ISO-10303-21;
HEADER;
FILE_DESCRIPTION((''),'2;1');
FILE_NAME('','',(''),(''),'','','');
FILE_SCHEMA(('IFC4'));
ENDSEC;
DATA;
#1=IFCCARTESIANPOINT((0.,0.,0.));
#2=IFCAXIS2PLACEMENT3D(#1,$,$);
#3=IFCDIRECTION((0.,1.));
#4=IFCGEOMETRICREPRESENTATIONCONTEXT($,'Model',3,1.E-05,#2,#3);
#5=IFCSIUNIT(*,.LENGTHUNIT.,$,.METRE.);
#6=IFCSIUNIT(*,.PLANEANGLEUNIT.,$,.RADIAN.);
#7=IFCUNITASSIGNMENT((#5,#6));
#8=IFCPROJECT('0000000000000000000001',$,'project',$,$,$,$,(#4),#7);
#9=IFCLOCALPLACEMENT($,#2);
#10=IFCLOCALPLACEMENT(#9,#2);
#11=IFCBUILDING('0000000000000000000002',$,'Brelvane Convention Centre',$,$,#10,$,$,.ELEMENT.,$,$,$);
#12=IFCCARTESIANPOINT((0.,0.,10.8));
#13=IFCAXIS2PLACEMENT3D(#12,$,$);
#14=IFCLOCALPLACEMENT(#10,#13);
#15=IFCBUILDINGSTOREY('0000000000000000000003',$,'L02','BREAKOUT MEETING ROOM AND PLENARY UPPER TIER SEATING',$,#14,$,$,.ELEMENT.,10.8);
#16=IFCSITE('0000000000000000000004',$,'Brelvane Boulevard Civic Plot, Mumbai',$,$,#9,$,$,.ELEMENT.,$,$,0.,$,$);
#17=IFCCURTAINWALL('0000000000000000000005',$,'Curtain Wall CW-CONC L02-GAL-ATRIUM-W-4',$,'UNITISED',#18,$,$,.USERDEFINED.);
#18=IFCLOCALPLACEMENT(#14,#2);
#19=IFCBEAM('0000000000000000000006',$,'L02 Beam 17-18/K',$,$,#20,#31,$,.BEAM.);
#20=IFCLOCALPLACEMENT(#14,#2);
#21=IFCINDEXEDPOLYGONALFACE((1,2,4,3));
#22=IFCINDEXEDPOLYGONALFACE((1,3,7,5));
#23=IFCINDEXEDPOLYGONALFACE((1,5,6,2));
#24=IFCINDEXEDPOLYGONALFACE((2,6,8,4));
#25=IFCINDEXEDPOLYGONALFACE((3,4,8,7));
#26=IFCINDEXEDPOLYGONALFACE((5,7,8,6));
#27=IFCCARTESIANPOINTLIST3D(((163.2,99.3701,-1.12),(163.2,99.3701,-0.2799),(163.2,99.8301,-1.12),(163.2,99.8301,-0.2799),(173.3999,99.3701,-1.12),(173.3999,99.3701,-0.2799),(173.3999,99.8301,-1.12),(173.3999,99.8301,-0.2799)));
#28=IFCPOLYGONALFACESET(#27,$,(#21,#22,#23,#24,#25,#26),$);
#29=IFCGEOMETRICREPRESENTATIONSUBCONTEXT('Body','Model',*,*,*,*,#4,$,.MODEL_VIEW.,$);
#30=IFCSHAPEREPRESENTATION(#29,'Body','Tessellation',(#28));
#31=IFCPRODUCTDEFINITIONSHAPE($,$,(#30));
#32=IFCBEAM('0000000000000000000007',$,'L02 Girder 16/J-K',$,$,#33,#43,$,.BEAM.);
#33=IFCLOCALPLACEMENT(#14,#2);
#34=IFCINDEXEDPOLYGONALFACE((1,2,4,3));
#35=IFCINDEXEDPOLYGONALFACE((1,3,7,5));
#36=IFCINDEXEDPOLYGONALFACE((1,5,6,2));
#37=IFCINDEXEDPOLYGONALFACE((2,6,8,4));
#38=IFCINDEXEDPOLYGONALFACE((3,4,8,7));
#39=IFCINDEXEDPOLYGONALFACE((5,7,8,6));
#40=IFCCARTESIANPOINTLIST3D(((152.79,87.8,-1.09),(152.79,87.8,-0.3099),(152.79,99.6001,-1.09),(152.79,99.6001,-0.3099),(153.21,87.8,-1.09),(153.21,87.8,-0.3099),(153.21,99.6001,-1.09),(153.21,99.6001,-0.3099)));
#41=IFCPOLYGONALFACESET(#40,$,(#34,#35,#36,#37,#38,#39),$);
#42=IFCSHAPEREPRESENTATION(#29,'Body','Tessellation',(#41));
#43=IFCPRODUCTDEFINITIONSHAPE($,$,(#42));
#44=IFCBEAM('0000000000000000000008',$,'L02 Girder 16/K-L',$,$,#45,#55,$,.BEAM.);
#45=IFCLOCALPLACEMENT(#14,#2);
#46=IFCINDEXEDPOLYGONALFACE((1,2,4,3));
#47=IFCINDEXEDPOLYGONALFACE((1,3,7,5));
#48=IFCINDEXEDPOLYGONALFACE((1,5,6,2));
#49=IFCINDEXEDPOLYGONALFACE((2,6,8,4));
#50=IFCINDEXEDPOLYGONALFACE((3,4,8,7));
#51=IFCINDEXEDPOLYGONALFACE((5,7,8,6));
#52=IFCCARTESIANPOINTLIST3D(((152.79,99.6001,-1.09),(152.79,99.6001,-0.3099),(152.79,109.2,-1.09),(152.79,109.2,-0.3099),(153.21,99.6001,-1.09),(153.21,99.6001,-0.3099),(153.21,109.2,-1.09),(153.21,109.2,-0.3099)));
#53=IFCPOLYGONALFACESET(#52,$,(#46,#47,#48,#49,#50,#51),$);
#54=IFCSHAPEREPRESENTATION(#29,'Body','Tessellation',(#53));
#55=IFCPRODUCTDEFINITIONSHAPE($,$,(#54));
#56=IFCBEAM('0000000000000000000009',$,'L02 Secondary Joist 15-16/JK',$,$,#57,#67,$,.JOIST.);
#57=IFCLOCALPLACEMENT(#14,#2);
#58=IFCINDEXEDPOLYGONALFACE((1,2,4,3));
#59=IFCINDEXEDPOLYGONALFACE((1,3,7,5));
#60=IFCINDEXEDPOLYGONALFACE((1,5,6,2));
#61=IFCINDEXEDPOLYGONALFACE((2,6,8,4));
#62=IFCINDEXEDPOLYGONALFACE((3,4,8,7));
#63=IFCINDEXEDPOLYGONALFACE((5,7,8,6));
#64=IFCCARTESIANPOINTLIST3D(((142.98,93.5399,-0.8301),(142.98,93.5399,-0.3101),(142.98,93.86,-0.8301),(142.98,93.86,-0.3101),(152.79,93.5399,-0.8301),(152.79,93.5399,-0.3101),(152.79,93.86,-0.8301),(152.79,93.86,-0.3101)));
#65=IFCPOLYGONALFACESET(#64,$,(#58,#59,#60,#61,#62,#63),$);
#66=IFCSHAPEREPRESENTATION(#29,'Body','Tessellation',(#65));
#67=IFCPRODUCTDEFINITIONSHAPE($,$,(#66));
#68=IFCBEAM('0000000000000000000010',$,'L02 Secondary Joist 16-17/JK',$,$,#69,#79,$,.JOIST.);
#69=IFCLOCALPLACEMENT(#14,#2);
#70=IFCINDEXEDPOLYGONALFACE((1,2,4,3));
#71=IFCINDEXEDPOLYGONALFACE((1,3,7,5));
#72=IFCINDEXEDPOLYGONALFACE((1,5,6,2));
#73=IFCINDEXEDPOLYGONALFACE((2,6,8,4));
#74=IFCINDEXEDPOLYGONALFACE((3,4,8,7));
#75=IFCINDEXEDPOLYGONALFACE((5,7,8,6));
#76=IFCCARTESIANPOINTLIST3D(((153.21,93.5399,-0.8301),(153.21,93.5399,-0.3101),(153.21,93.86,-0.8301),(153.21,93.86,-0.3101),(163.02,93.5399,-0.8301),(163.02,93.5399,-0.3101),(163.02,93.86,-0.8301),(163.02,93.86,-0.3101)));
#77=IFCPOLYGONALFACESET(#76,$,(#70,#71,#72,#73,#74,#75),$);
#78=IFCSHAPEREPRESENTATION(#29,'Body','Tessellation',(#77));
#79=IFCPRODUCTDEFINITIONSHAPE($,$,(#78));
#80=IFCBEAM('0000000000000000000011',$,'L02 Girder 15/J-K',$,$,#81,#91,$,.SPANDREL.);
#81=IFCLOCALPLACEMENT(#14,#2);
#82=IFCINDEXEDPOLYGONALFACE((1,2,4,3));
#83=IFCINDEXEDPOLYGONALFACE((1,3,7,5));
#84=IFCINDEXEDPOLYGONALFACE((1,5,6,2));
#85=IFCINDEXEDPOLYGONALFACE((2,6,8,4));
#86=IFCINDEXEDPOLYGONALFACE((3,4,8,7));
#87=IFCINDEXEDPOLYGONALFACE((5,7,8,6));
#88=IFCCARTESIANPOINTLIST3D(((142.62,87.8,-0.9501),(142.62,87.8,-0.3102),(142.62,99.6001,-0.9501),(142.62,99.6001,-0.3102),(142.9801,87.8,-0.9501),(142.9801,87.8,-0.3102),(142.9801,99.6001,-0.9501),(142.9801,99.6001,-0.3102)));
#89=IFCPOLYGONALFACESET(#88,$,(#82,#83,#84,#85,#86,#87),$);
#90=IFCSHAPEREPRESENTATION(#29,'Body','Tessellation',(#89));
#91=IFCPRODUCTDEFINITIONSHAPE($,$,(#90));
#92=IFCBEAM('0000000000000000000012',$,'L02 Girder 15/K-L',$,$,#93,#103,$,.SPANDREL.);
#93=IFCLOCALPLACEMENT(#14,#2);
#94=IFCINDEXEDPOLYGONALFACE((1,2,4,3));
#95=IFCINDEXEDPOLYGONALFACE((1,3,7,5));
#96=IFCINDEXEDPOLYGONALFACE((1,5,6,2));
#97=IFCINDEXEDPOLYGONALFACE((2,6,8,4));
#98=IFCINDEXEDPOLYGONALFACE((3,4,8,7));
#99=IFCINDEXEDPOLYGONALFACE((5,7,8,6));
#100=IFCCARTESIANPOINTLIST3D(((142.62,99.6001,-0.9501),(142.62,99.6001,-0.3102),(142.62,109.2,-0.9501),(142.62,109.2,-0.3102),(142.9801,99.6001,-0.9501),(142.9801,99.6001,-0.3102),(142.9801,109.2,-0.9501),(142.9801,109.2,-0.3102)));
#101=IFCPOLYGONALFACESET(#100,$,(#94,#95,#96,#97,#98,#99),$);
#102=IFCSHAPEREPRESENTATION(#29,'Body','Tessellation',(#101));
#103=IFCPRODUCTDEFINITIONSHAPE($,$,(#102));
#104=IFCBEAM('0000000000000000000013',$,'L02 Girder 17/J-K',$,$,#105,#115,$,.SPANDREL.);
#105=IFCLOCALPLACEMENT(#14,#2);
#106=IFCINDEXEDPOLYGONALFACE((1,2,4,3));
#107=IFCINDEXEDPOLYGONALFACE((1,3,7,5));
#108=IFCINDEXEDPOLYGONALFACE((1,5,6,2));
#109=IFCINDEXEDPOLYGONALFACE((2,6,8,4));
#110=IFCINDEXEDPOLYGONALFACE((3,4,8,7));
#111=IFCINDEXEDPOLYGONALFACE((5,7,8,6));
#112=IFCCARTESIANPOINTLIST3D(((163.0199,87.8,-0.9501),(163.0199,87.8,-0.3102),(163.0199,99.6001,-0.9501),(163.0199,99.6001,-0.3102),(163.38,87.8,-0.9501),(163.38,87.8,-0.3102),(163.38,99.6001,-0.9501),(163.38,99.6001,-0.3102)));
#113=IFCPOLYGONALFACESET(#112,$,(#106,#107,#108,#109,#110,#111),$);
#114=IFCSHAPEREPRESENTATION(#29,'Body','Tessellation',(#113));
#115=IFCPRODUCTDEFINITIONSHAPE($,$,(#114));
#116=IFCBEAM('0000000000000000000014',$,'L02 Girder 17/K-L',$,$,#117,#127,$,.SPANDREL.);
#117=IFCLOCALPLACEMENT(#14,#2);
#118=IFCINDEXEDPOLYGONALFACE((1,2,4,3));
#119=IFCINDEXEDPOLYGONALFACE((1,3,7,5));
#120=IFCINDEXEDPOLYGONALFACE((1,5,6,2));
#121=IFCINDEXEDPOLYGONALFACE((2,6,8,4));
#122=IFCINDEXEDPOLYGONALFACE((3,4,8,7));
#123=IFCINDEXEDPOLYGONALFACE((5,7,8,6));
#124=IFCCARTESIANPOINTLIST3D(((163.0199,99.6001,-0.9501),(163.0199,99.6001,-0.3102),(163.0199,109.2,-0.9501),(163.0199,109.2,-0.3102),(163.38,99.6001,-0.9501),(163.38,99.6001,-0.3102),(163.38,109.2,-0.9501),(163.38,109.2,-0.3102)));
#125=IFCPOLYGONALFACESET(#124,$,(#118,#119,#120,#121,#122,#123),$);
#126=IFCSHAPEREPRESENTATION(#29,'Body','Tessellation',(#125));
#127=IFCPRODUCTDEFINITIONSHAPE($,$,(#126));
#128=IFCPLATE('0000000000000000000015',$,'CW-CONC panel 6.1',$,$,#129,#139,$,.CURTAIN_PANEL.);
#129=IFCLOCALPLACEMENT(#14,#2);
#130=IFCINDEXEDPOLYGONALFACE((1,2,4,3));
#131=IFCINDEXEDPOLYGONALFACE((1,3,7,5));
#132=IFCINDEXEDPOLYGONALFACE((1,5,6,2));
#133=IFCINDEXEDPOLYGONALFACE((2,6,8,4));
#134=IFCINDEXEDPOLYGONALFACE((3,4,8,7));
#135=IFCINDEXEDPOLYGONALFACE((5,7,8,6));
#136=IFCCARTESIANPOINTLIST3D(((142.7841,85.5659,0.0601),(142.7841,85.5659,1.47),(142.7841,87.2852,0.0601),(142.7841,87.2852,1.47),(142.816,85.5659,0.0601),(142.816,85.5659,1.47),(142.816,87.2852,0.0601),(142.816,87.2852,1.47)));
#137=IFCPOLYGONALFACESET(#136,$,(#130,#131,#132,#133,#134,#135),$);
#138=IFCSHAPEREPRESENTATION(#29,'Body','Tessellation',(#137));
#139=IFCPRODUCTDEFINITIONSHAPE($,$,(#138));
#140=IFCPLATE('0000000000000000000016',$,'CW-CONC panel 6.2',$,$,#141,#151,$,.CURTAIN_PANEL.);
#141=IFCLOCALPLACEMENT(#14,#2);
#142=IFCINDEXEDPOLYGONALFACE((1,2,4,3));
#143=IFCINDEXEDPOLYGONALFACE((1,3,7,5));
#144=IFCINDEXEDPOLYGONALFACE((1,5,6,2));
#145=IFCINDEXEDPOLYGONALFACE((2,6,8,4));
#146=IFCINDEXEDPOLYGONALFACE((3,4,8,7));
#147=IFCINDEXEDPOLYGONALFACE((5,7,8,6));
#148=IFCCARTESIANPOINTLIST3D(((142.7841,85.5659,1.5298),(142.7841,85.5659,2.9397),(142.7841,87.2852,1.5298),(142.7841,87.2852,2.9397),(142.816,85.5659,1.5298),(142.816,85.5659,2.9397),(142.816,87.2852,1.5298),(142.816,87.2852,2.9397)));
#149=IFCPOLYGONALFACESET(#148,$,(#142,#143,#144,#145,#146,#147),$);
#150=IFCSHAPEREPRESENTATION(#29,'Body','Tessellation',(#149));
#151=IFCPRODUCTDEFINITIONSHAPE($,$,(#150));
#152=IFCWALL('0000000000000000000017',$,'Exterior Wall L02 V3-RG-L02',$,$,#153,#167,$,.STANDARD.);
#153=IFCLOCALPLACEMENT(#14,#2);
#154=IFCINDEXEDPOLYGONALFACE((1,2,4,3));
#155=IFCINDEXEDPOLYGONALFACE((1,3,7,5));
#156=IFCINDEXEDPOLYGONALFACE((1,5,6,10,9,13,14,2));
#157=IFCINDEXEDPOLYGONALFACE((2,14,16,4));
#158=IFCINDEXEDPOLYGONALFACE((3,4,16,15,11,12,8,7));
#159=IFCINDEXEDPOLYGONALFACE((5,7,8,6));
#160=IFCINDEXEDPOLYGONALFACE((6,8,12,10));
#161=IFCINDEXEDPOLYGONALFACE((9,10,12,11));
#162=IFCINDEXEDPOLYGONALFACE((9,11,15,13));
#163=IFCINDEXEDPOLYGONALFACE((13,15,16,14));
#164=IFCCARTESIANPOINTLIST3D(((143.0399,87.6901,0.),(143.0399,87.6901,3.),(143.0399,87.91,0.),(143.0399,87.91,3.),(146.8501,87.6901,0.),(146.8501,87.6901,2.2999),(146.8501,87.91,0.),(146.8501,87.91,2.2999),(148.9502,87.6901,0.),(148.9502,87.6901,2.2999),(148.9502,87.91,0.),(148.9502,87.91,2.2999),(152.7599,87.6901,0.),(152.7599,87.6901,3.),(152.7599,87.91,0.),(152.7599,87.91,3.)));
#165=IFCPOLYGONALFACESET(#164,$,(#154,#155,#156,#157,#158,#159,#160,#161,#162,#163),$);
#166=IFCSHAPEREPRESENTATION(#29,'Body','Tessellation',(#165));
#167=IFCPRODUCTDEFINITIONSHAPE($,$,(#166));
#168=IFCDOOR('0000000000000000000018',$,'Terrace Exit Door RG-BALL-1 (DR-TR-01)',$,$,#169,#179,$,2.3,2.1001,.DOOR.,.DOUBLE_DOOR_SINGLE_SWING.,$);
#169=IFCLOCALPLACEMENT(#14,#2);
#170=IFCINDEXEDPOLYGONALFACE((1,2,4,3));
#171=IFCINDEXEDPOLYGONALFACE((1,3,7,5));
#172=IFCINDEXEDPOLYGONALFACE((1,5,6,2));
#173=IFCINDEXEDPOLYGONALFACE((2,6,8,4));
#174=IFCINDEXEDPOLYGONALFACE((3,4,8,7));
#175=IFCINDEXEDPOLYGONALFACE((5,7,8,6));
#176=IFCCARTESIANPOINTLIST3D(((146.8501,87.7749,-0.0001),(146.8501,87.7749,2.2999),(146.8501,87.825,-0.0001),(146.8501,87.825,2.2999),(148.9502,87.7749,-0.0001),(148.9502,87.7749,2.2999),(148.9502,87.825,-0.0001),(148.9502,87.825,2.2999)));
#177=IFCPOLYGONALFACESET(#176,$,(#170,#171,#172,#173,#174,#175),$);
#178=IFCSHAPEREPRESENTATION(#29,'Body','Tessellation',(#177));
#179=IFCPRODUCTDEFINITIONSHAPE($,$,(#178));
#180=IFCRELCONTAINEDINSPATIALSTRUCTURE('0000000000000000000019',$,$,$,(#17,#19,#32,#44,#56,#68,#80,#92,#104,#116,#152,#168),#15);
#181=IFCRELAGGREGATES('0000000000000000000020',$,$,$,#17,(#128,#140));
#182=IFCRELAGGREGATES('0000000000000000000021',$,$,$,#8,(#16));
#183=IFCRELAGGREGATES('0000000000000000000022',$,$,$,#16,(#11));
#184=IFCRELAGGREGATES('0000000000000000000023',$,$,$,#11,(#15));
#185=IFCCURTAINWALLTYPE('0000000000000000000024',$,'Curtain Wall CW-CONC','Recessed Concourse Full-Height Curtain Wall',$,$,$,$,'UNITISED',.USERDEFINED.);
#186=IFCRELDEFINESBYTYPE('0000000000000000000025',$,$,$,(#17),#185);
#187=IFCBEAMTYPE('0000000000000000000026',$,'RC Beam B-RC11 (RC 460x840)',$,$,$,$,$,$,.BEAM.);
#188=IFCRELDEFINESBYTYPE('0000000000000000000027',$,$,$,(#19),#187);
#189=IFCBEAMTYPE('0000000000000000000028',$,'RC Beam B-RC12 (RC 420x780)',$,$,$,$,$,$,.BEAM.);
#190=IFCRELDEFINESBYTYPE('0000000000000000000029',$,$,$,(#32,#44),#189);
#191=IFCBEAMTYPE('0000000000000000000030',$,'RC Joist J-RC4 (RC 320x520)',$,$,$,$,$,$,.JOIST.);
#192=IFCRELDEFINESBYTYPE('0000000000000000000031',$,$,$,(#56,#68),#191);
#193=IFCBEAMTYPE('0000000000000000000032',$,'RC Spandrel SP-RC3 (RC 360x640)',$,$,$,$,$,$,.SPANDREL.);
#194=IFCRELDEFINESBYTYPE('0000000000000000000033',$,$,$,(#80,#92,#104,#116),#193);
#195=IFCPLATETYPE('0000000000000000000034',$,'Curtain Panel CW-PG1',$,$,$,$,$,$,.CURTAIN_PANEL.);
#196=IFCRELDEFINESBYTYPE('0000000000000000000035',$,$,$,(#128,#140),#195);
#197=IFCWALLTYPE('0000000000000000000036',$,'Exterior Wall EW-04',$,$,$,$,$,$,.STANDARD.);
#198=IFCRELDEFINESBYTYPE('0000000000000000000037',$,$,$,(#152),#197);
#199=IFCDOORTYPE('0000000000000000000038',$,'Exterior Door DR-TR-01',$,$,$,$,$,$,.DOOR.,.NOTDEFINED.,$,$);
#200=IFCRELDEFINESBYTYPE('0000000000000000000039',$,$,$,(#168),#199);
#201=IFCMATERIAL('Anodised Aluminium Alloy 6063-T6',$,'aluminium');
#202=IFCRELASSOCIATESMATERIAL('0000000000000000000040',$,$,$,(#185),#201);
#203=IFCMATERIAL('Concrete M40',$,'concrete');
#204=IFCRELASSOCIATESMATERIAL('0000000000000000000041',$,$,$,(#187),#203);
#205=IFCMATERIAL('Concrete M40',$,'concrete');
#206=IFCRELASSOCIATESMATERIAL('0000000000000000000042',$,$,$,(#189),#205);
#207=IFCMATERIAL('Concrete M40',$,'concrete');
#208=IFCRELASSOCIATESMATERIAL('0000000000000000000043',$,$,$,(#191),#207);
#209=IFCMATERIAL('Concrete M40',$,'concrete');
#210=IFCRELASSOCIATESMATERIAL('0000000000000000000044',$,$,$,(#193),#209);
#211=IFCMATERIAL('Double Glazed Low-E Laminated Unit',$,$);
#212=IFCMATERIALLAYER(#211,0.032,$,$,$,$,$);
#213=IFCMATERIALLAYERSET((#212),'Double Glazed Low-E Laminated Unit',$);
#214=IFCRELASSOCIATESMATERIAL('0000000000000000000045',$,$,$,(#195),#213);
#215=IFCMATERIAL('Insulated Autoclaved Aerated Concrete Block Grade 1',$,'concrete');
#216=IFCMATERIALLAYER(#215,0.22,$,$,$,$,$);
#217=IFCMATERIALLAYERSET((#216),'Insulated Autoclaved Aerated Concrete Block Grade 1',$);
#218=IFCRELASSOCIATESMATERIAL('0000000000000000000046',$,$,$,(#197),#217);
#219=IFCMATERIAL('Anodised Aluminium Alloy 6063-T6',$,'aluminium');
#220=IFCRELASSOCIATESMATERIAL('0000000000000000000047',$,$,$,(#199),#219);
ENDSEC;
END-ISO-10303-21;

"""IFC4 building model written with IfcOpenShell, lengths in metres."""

from ifc_helpers import new_model, si_unit, direction, frame, frame_2d, origin, origin_2d, place, context, subcontext, project, spatial, rectangle, extrude, material, layer, layer_set, material_profile, profile_set, type_object, element, fill, aggregate, save


model = new_model("IFC4")

# Units and contexts
model_context = context("Model", 3, precision=1e-05, world=origin(), true_north=direction((0.0, 1.0)))
body_context = subcontext(model_context, "Body", "Model", "MODEL_VIEW")
ifc_project = project(units=[si_unit("LENGTHUNIT", "METRE"), si_unit("PLANEANGLEUNIT", "RADIAN")], contexts=[model_context])

# Site, building, storey
site_placement = place(None, origin())
site = spatial("IfcSite", under=ifc_project, at=site_placement, Name="Brelvane Boulevard Civic Plot, Mumbai", CompositionType="ELEMENT", RefElevation=0.0)
building_placement = place(site_placement, origin())
building = spatial("IfcBuilding", under=site, at=building_placement, Name="Brelvane Convention Centre", CompositionType="ELEMENT")
storey_placement = place(building_placement, frame((0.0, 0.0, 10.8)))
storey = spatial("IfcBuildingStorey", under=building, at=storey_placement, Name="L02", Description="BREAKOUT MEETING ROOM AND PLENARY UPPER TIER SEATING", CompositionType="ELEMENT", Elevation=10.8)

# Curtain wall
ifc_material_1 = material(Name="Anodised Aluminium Alloy 6063-T6", Category="aluminium")
curtain_wall_type_1 = type_object("IfcCurtainWallType", Name="Curtain Wall CW-CONC", Description="Recessed Concourse Full-Height Curtain Wall", ElementType="UNITISED", PredefinedType="USERDEFINED", material=ifc_material_1)
curtain_wall_1_placement = place(storey_placement, origin())
curtain_wall_1 = element("IfcCurtainWall", 1, at=curtain_wall_1_placement, inside=storey, type_object=curtain_wall_type_1, Name="Curtain Wall CW-CONC L02-GAL-ATRIUM-W-4", ObjectType="UNITISED", PredefinedType="USERDEFINED")

# Beams
ifc_material_2 = material(Name="Concrete M40", Category="concrete")
ifc_material_profile_1 = material_profile(ifc_material_2, rectangle(XDim=0.46, YDim=0.8401, at=origin_2d()), Name="RC 460x840")
ifc_profile_set_1 = profile_set([ifc_material_profile_1], Name="Concrete M40")
beam_type_1 = type_object("IfcBeamType", Name="RC Beam B-RC11 (RC 460x840)", PredefinedType="BEAM", material=ifc_profile_set_1)
for number, where, z_axis, x_axis, name in (
    (2, (163.2, 99.6001, -0.7), (1.0, 0.0, 0.0), (0.0, 1.0, 0.0), "L02 Beam 17-18/K"),
):
    element("IfcBeam", number, at=place(storey_placement, frame(where, z_axis=z_axis, x_axis=x_axis)), inside=storey, type_object=beam_type_1, Name=name, PredefinedType="BEAM", context=body_context, shape_type="SweptSolid", body=[
        extrude(rectangle(XDim=0.46, YDim=0.8401, at=origin_2d()), origin(), (0.0, 0.0, 1.0), 10.2),
    ])
ifc_material_3 = material(Name="Concrete M40", Category="concrete")
ifc_material_profile_2 = material_profile(ifc_material_3, rectangle(XDim=0.4199, YDim=0.78, at=origin_2d()), Name="RC 420x780")
ifc_profile_set_2 = profile_set([ifc_material_profile_2], Name="Concrete M40")
beam_type_2 = type_object("IfcBeamType", Name="RC Beam B-RC12 (RC 420x780)", PredefinedType="BEAM", material=ifc_profile_set_2)
beam_1_placement = place(storey_placement, frame((153.0, 87.8, -0.7), z_axis=(0.0, 1.0, 0.0), x_axis=(-1.0, 0.0, 0.0)))
element("IfcBeam", 3, at=beam_1_placement, inside=storey, type_object=beam_type_2, Name="L02 Girder 16/J-K", PredefinedType="BEAM", context=body_context, shape_type="SweptSolid", body=[
    extrude(rectangle(XDim=0.4199, YDim=0.78, at=origin_2d()), origin(), (0.0, 0.0, 1.0), 11.8),
])
beam_2_placement = place(storey_placement, frame((153.0, 99.6001, -0.7), z_axis=(0.0, 1.0, 0.0), x_axis=(-1.0, 0.0, 0.0)))
element("IfcBeam", 4, at=beam_2_placement, inside=storey, type_object=beam_type_2, Name="L02 Girder 16/K-L", PredefinedType="BEAM", context=body_context, shape_type="SweptSolid", body=[
    extrude(rectangle(XDim=0.4199, YDim=0.78, at=origin_2d()), origin(), (0.0, 0.0, 1.0), 9.5999),
])
ifc_material_4 = material(Name="Concrete M40", Category="concrete")
ifc_material_profile_3 = material_profile(ifc_material_4, rectangle(XDim=0.3201, YDim=0.52, at=origin_2d()), Name="RC 320x520")
ifc_profile_set_3 = profile_set([ifc_material_profile_3], Name="Concrete M40")
beam_type_3 = type_object("IfcBeamType", Name="RC Joist J-RC4 (RC 320x520)", PredefinedType="JOIST", material=ifc_profile_set_3)
for number, where, z_axis, x_axis, name in (
    (5, (142.98, 93.7, -0.5701), (1.0, 0.0, 0.0), (0.0, 1.0, 0.0), "L02 Secondary Joist 15-16/JK"),
    (6, (153.21, 93.7, -0.5701), (1.0, 0.0, 0.0), (0.0, 1.0, 0.0), "L02 Secondary Joist 16-17/JK"),
):
    element("IfcBeam", number, at=place(storey_placement, frame(where, z_axis=z_axis, x_axis=x_axis)), inside=storey, type_object=beam_type_3, Name=name, PredefinedType="JOIST", context=body_context, shape_type="SweptSolid", body=[
        extrude(rectangle(XDim=0.3201, YDim=0.52, at=origin_2d()), origin(), (0.0, 0.0, 1.0), 9.8101),
    ])
ifc_material_5 = material(Name="Concrete M40", Category="concrete")
ifc_material_profile_4 = material_profile(ifc_material_5, rectangle(XDim=0.3601, YDim=0.6399, at=origin_2d()), Name="RC 360x640")
ifc_profile_set_4 = profile_set([ifc_material_profile_4], Name="Concrete M40")
beam_type_4 = type_object("IfcBeamType", Name="RC Spandrel SP-RC3 (RC 360x640)", PredefinedType="SPANDREL", material=ifc_profile_set_4)
beam_3_placement = place(storey_placement, frame((142.8, 87.8, -0.6301), z_axis=(0.0, 1.0, 0.0), x_axis=(-1.0, 0.0, 0.0)))
element("IfcBeam", 7, at=beam_3_placement, inside=storey, type_object=beam_type_4, Name="L02 Girder 15/J-K", PredefinedType="SPANDREL", context=body_context, shape_type="SweptSolid", body=[
    extrude(rectangle(XDim=0.3601, YDim=0.6399, at=origin_2d()), origin(), (0.0, 0.0, 1.0), 11.8),
])
beam_4_placement = place(storey_placement, frame((142.8, 99.6001, -0.6301), z_axis=(0.0, 1.0, 0.0), x_axis=(-1.0, 0.0, 0.0)))
element("IfcBeam", 8, at=beam_4_placement, inside=storey, type_object=beam_type_4, Name="L02 Girder 15/K-L", PredefinedType="SPANDREL", context=body_context, shape_type="SweptSolid", body=[
    extrude(rectangle(XDim=0.3601, YDim=0.6399, at=origin_2d()), origin(), (0.0, 0.0, 1.0), 9.5999),
])
beam_5_placement = place(storey_placement, frame((163.2, 87.8, -0.6301), z_axis=(0.0, 1.0, 0.0), x_axis=(-1.0, 0.0, 0.0)))
element("IfcBeam", 9, at=beam_5_placement, inside=storey, type_object=beam_type_4, Name="L02 Girder 17/J-K", PredefinedType="SPANDREL", context=body_context, shape_type="SweptSolid", body=[
    extrude(rectangle(XDim=0.3601, YDim=0.6399, at=origin_2d()), origin(), (0.0, 0.0, 1.0), 11.8),
])
beam_6_placement = place(storey_placement, frame((163.2, 99.6001, -0.6301), z_axis=(0.0, 1.0, 0.0), x_axis=(-1.0, 0.0, 0.0)))
element("IfcBeam", 10, at=beam_6_placement, inside=storey, type_object=beam_type_4, Name="L02 Girder 17/K-L", PredefinedType="SPANDREL", context=body_context, shape_type="SweptSolid", body=[
    extrude(rectangle(XDim=0.3601, YDim=0.6399, at=origin_2d()), origin(), (0.0, 0.0, 1.0), 9.5999),
])

# Plates
ifc_material_6 = material(Name="Double Glazed Low-E Laminated Unit")
ifc_layer_1 = layer(ifc_material_6, 0.032)
ifc_layer_set_1 = layer_set([ifc_layer_1], Name="Double Glazed Low-E Laminated Unit")
plate_type = type_object("IfcPlateType", Name="Curtain Panel CW-PG1", PredefinedType="CURTAIN_PANEL", material=ifc_layer_set_1)
plate_1_placement = place(storey_placement, frame((142.8, 86.4255, 0.0601), z_axis=(0.0, 0.0, 1.0), x_axis=(0.0, 1.0, 0.0)))
plate_1 = element("IfcPlate", 11, at=plate_1_placement, type_object=plate_type, Name="CW-CONC panel 6.1", PredefinedType="CURTAIN_PANEL", context=body_context, shape_type="SweptSolid", body=[
    extrude(rectangle(XDim=1.7192, YDim=0.032, at=origin_2d()), origin(), (0.0, 0.0, 1.0), 1.4099),
])
plate_2_placement = place(storey_placement, frame((142.8, 86.4255, 1.5298), z_axis=(0.0, 0.0, 1.0), x_axis=(0.0, 1.0, 0.0)))
plate_2 = element("IfcPlate", 12, at=plate_2_placement, type_object=plate_type, Name="CW-CONC panel 6.2", PredefinedType="CURTAIN_PANEL", context=body_context, shape_type="SweptSolid", body=[
    extrude(rectangle(XDim=1.7192, YDim=0.032, at=origin_2d()), origin(), (0.0, 0.0, 1.0), 1.4099),
])
aggregate(curtain_wall_1, [plate_1, plate_2])

# Wall, opening, door
ifc_material_7 = material(Name="Insulated Autoclaved Aerated Concrete Block Grade 1", Category="concrete")
ifc_layer_2 = layer(ifc_material_7, 0.22)
ifc_layer_set_2 = layer_set([ifc_layer_2], Name="Insulated Autoclaved Aerated Concrete Block Grade 1")
wall_type_1 = type_object("IfcWallType", Name="Exterior Wall EW-04", PredefinedType="STANDARD", material=ifc_layer_set_2)
wall_1_placement = place(storey_placement, frame((143.04, 87.8, 0.0), z_axis=(0.0, 0.0, 1.0), x_axis=(1.0, 0.0, 0.0)))
wall_1 = element("IfcWall", 13, at=wall_1_placement, inside=storey, type_object=wall_type_1, Name="Exterior Wall L02 V3-RG-L02", PredefinedType="STANDARD", context=body_context, shape_type="SweptSolid", body=[
    extrude(rectangle(XDim=9.72, YDim=0.22, at=frame_2d((4.8599, 0.0))), origin(), (0.0, 0.0, 1.0), 3.0),
])
opening_placement = place(wall_1_placement, frame((3.8101, 0.0, 0.0)))
opening = element("IfcOpeningElement", 14, at=opening_placement, cuts=wall_1, PredefinedType="OPENING", context=body_context, shape_type="SweptSolid", body=[
    extrude(rectangle(XDim=2.1001, YDim=2.3, at=frame_2d((1.05, 1.1499))), frame((0.0, 0.1199, 0.0), z_axis=(0.0, -1.0, 0.0), x_axis=(1.0, 0.0, 0.0)), (0.0, 0.0, 1.0), 0.24),
])
ifc_material_8 = material(Name="Anodised Aluminium Alloy 6063-T6", Category="aluminium")
door_type = type_object("IfcDoorType", Name="Exterior Door DR-TR-01", OperationType="NOTDEFINED", PredefinedType="DOOR", material=ifc_material_8)
door_placement = place(opening_placement, origin())
door = element("IfcDoor", 15, at=door_placement, inside=storey, type_object=door_type, Name="Terrace Exit Door RG-BALL-1 (DR-TR-01)", OperationType="DOUBLE_DOOR_SINGLE_SWING", OverallHeight=2.3, OverallWidth=2.1001, PredefinedType="DOOR", context=body_context, shape_type="SweptSolid", body=[
    extrude(rectangle(XDim=2.1001, YDim=2.3, at=frame_2d((1.05, 1.1499))), frame((0.0, 0.0249, 0.0), z_axis=(0.0, -1.0, 0.0), x_axis=(1.0, 0.0, 0.0)), (0.0, 0.0, 1.0), 0.05),
])
fill(opening, door)

save(model, "model.ifc")
